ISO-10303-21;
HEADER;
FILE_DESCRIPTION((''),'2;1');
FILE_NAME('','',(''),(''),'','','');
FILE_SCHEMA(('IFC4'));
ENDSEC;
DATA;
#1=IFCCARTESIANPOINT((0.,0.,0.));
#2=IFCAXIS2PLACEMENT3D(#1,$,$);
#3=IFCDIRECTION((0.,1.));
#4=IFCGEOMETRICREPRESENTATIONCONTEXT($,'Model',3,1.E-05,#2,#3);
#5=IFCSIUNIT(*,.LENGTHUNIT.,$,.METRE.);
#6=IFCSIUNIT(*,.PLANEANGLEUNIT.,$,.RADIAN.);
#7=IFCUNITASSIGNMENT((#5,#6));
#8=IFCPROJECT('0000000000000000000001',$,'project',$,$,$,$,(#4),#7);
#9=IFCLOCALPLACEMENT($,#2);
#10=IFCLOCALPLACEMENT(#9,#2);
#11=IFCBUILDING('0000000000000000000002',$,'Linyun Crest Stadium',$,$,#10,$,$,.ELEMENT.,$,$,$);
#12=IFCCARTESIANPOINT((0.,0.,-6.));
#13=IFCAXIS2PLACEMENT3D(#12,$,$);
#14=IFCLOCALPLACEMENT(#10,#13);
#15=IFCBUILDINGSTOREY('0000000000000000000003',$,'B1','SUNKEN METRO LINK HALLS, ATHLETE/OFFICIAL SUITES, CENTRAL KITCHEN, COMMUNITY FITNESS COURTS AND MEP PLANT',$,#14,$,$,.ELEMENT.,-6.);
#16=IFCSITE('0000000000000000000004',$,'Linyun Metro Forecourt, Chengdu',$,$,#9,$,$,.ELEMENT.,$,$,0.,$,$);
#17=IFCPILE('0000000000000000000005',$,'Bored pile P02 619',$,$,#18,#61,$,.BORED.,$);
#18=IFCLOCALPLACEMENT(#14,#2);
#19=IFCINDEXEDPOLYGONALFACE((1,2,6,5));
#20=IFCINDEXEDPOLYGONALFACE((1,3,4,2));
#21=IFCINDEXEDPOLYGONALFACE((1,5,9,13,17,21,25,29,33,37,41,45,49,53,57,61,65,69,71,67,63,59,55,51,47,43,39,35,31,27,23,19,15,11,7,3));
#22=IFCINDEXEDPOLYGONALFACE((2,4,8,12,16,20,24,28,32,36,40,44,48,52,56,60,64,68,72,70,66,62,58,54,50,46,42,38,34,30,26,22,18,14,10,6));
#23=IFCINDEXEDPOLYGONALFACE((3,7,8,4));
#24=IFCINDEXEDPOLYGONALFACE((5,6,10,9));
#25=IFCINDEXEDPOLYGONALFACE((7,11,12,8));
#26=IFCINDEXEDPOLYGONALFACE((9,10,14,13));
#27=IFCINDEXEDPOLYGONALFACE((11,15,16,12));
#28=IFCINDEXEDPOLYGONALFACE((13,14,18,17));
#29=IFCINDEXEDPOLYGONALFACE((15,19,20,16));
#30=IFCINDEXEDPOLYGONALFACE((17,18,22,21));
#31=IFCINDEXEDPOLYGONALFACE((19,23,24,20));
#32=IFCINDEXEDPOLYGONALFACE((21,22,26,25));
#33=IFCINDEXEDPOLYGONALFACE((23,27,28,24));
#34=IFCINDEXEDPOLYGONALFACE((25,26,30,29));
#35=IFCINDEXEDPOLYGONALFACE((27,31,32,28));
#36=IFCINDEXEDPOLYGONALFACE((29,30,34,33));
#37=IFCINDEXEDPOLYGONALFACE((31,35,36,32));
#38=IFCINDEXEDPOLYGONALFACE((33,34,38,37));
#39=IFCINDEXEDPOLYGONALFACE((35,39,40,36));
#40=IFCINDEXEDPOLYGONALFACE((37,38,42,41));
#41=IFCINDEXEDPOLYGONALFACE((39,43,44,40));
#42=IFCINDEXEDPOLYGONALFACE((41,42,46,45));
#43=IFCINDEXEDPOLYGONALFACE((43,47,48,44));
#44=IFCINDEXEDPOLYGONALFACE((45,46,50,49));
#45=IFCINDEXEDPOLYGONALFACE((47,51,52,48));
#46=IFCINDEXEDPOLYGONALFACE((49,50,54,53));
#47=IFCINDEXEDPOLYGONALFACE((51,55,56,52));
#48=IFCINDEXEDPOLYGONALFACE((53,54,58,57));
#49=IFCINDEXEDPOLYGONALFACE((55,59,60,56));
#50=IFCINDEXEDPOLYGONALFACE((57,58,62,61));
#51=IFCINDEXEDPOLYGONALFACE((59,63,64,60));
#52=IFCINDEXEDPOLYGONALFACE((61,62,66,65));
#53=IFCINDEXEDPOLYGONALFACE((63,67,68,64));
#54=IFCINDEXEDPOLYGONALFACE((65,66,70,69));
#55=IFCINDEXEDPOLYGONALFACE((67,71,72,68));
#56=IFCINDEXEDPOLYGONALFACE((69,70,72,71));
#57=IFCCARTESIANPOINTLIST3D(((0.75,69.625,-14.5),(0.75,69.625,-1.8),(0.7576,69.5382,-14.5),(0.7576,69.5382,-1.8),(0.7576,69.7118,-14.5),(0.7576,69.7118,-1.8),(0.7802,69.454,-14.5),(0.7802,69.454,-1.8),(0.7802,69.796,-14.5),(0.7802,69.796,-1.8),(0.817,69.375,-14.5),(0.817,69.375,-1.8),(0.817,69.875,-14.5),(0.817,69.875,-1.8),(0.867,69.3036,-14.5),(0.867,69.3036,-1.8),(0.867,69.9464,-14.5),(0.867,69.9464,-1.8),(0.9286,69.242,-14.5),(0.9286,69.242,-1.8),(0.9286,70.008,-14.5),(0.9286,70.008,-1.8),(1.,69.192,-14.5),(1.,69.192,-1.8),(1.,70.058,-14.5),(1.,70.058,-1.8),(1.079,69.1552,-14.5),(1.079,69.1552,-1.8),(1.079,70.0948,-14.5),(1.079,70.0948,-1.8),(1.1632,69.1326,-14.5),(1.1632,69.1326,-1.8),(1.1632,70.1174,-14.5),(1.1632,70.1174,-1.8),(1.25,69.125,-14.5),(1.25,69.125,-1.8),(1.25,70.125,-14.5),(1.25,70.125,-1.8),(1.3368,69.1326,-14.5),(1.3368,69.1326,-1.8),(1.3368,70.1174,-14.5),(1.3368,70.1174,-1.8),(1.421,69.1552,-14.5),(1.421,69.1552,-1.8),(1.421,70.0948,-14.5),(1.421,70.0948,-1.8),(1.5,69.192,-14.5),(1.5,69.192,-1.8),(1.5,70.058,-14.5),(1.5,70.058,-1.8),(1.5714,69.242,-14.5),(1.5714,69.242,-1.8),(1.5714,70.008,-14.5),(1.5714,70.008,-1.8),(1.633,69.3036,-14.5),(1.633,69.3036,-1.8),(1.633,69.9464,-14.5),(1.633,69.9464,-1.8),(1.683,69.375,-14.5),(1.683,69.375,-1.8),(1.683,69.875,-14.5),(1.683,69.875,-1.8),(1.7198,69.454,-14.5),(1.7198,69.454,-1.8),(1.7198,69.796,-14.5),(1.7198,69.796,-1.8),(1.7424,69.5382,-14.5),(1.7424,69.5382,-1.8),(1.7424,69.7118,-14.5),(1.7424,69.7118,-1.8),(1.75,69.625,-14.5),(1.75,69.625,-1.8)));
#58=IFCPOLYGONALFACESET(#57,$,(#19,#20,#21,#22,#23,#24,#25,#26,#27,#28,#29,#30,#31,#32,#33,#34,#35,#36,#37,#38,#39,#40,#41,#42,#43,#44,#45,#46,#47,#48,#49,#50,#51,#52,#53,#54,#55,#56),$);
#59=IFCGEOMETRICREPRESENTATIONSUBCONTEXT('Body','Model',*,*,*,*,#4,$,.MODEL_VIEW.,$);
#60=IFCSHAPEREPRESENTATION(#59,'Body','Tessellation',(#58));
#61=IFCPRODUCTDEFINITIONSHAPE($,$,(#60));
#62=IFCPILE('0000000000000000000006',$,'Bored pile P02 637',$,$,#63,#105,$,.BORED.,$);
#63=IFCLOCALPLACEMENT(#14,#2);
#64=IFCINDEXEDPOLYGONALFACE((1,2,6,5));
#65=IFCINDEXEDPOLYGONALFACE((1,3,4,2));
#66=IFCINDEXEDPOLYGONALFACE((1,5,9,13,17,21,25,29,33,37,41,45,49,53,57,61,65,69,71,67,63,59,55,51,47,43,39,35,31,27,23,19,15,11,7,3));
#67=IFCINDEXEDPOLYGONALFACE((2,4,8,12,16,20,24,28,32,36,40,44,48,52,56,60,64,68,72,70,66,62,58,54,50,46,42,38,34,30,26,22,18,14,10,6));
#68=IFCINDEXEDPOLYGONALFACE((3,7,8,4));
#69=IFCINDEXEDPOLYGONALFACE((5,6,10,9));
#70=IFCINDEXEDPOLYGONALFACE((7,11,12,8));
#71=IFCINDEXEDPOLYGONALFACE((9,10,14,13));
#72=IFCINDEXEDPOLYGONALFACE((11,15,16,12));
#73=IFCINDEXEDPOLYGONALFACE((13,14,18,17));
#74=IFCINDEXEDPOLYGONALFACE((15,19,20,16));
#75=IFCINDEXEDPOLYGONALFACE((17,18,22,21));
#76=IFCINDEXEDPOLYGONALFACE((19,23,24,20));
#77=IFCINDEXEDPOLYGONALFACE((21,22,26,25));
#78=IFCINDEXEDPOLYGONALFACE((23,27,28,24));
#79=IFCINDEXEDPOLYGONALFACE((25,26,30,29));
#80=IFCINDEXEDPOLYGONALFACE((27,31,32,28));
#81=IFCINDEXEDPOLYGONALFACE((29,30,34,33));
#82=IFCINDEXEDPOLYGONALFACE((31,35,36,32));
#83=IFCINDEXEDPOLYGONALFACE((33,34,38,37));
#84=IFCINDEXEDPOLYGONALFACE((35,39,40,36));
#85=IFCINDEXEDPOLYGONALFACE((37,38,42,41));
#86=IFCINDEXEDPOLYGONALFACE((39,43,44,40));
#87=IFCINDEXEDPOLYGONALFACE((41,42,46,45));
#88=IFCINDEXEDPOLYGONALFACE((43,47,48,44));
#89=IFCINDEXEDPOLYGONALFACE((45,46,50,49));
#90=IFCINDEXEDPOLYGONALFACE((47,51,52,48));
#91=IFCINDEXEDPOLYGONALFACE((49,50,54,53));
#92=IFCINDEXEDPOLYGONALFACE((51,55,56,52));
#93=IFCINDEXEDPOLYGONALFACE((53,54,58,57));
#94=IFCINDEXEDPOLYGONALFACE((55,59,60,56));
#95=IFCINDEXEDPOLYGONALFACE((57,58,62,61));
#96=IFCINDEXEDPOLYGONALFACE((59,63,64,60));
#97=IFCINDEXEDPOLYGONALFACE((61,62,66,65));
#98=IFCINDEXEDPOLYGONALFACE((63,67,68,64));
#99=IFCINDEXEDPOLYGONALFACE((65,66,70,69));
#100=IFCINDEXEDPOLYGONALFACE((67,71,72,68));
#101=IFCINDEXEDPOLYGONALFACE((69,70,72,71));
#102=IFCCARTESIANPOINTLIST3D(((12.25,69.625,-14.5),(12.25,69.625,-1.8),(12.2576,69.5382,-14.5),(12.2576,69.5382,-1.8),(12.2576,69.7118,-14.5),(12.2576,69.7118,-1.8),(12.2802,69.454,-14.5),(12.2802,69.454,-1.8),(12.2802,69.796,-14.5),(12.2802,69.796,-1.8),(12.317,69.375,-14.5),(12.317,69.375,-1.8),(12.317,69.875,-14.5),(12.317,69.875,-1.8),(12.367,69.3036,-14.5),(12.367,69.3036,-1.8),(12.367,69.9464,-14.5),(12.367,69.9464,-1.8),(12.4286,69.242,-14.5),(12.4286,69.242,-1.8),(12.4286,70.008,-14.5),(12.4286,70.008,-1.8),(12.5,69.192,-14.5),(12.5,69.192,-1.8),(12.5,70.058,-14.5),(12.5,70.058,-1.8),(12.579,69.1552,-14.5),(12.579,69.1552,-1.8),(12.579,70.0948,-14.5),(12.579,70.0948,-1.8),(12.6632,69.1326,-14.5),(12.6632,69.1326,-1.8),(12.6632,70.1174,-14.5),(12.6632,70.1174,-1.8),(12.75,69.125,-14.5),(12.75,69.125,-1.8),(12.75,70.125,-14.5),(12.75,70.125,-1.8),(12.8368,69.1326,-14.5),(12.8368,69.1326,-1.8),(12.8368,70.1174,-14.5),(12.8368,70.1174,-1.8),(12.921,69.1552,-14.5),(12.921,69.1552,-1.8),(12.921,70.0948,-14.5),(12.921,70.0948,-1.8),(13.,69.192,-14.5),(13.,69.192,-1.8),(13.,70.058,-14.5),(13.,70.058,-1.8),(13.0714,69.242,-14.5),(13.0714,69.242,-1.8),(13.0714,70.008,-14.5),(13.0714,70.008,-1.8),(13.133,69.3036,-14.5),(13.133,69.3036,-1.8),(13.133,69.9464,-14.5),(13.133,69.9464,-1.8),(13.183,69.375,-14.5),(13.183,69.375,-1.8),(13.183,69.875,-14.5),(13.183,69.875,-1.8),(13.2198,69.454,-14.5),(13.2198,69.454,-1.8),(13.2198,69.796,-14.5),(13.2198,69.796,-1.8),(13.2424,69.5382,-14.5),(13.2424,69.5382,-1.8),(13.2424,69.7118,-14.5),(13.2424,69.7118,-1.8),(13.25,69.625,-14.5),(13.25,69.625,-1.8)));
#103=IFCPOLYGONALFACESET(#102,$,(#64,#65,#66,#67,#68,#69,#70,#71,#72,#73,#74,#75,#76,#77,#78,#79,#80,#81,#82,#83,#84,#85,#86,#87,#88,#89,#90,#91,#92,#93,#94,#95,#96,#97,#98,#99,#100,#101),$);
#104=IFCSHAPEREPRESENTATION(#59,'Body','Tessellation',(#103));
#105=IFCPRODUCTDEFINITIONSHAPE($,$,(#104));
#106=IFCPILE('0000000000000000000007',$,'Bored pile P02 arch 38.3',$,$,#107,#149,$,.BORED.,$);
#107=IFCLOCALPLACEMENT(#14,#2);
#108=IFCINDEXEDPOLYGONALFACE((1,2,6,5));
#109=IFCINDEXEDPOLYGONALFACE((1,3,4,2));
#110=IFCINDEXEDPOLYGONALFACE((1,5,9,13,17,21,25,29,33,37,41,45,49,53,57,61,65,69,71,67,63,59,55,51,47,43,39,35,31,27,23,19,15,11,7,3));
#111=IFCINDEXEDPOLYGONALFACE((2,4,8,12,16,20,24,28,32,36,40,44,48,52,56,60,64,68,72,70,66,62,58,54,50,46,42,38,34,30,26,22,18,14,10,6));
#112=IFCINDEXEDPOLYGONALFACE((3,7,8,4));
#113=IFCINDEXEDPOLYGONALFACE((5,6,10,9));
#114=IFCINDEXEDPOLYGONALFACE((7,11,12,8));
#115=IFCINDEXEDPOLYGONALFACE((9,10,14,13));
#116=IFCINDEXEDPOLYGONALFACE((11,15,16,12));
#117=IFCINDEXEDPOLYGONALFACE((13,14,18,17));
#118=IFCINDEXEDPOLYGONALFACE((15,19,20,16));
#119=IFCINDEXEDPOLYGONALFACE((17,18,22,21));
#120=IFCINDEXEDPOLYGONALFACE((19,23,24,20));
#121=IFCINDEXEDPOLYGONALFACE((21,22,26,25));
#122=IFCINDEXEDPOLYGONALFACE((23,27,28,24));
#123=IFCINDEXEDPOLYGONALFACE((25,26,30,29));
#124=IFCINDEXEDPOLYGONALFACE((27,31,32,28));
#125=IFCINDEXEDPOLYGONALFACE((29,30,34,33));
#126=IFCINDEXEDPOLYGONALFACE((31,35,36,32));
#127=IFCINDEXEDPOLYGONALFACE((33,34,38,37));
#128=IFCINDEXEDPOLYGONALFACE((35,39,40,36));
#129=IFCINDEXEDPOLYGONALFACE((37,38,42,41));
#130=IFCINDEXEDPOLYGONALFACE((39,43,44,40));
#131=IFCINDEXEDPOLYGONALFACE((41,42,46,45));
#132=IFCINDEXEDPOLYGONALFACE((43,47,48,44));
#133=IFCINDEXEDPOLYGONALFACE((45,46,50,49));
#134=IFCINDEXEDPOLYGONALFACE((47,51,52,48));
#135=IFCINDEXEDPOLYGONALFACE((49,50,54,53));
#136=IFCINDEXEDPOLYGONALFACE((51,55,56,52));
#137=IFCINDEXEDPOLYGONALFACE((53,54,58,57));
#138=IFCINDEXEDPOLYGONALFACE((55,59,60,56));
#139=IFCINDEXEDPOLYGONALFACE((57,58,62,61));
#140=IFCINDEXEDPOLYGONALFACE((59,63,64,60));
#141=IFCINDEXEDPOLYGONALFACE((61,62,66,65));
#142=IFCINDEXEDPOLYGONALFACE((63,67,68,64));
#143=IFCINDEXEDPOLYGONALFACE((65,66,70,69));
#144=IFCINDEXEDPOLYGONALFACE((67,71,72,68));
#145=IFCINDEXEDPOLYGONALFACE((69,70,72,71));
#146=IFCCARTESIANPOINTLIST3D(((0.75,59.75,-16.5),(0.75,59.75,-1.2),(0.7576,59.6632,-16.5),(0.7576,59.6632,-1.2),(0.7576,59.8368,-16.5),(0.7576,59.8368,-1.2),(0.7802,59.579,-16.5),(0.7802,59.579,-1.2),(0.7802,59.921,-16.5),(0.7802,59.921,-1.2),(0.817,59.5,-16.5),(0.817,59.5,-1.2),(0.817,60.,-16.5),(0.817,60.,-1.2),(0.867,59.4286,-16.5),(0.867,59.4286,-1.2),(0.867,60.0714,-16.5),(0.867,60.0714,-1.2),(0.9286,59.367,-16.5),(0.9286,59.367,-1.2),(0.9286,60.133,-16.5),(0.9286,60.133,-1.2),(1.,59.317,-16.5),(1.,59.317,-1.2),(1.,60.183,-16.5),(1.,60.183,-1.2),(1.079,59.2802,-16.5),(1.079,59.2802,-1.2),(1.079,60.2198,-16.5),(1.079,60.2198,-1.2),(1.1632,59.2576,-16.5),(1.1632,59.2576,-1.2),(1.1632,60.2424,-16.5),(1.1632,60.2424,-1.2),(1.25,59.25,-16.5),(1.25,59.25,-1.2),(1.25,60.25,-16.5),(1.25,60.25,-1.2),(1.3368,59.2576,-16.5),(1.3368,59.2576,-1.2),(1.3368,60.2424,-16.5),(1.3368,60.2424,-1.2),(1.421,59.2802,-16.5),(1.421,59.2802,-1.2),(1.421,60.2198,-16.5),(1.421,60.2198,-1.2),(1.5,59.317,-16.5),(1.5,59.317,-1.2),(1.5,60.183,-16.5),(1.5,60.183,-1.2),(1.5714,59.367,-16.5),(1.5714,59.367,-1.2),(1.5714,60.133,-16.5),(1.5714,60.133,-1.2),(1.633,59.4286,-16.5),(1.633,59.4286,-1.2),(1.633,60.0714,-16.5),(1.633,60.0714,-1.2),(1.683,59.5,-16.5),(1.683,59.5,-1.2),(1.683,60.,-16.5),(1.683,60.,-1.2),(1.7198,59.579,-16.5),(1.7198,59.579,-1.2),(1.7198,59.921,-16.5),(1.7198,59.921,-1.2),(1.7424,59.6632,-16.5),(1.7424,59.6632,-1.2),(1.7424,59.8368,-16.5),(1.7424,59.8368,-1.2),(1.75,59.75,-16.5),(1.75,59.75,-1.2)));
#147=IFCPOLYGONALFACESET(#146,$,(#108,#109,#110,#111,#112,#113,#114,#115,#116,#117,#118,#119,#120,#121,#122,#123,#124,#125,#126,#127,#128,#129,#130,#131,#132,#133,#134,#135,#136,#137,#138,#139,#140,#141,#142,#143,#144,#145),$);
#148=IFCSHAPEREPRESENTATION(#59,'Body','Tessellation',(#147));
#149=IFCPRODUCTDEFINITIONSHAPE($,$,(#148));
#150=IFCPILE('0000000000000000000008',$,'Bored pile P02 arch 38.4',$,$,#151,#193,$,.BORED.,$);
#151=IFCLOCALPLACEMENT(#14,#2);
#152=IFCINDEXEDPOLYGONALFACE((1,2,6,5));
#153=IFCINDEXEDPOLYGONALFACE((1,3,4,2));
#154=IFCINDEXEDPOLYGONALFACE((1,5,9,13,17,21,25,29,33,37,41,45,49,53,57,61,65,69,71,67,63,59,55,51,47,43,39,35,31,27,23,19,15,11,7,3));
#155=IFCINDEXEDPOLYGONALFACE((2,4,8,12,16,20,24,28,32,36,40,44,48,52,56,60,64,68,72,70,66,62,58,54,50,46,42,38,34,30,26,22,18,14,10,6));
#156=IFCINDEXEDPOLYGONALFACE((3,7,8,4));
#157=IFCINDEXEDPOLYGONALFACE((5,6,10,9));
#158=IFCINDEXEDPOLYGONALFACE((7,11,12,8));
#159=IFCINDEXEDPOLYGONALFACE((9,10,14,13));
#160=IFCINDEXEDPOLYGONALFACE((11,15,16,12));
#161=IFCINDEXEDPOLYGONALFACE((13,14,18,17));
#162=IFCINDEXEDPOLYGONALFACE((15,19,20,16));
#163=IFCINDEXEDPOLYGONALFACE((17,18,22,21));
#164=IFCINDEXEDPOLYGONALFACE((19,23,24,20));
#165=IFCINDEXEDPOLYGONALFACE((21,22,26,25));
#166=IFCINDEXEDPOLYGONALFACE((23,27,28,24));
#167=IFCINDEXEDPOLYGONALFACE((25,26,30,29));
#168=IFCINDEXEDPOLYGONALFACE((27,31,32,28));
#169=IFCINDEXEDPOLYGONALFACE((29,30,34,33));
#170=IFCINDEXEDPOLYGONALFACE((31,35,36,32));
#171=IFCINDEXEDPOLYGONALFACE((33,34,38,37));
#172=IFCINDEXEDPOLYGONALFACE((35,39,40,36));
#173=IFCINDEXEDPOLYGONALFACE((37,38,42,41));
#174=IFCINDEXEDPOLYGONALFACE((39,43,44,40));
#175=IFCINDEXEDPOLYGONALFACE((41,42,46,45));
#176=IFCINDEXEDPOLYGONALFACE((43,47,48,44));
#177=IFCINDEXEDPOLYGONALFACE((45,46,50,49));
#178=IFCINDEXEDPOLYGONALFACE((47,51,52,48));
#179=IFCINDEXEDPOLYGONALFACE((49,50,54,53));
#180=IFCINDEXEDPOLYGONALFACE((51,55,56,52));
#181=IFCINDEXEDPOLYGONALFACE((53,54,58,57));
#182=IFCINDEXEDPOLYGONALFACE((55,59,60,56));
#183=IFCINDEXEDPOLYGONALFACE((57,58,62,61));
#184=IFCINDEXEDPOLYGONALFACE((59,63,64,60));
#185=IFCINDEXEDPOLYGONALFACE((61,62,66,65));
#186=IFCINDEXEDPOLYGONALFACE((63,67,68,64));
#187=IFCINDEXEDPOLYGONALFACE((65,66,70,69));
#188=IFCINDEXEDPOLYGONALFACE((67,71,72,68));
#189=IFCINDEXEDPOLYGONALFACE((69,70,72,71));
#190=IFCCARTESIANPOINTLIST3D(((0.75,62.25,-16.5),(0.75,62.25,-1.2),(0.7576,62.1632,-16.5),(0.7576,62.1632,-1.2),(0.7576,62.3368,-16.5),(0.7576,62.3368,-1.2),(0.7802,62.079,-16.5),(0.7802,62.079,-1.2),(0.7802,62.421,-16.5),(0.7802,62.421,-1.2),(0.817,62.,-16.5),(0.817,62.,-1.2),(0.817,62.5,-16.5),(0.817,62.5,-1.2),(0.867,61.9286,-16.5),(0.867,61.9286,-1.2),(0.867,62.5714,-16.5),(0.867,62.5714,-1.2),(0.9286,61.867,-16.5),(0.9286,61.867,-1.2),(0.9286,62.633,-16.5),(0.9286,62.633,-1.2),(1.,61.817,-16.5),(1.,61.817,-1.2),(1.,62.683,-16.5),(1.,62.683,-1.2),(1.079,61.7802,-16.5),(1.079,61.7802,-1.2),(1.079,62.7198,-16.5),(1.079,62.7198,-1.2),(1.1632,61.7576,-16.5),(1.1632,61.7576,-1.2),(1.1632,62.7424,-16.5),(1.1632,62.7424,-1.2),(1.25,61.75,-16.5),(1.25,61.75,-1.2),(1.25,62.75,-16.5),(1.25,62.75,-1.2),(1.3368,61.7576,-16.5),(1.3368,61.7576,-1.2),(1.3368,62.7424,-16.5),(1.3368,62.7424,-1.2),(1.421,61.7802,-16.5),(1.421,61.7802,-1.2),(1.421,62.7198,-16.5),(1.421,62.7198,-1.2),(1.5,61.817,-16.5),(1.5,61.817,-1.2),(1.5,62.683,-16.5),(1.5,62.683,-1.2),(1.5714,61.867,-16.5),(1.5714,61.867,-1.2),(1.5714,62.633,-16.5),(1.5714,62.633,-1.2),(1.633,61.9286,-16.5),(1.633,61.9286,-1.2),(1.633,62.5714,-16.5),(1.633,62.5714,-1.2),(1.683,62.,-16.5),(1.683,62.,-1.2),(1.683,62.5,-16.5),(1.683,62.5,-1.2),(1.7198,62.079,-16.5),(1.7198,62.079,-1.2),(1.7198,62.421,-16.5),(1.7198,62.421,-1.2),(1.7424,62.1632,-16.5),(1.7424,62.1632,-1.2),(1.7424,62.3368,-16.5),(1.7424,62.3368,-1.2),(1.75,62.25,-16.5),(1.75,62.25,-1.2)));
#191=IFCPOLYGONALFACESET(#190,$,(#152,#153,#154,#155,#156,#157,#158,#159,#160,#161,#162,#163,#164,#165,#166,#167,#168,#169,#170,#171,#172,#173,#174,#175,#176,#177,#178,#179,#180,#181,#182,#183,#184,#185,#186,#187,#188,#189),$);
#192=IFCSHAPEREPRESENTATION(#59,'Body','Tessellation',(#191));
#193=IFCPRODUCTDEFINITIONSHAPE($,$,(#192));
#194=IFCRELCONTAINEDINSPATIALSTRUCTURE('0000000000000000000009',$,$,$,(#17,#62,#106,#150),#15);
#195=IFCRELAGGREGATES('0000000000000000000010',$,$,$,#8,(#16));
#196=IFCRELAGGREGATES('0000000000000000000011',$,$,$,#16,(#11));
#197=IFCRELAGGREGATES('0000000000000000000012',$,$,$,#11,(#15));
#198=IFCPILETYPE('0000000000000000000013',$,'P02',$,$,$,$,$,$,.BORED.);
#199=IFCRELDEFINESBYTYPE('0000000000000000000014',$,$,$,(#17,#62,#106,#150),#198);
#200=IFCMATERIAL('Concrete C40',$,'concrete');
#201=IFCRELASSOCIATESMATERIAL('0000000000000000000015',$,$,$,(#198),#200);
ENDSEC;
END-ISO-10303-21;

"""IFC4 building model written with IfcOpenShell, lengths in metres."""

from ifc_helpers import new_model, si_unit, direction, frame, origin, origin_2d, place, context, subcontext, project, spatial, circle, extrude, material, material_profile, profile_set, type_object, element, save


model = new_model("IFC4")

# Units and contexts
model_context = context("Model", 3, precision=1e-05, world=origin(), true_north=direction((0.0, 1.0)))
body_context = subcontext(model_context, "Body", "Model", "MODEL_VIEW")
ifc_project = project(units=[si_unit("LENGTHUNIT", "METRE"), si_unit("PLANEANGLEUNIT", "RADIAN")], contexts=[model_context])

# Site, building, storey
site_placement = place(None, origin())
site = spatial("IfcSite", under=ifc_project, at=site_placement, Name="Linyun Metro Forecourt, Chengdu", CompositionType="ELEMENT", RefElevation=0.0)
building_placement = place(site_placement, origin())
building = spatial("IfcBuilding", under=site, at=building_placement, Name="Linyun Crest Stadium", CompositionType="ELEMENT")
storey_placement = place(building_placement, frame((0.0, 0.0, -6.0)))
storey = spatial("IfcBuildingStorey", under=building, at=storey_placement, Name="B1", Description="SUNKEN METRO LINK HALLS, ATHLETE/OFFICIAL SUITES, CENTRAL KITCHEN, COMMUNITY FITNESS COURTS AND MEP PLANT", CompositionType="ELEMENT", Elevation=-6.0)

# Piles
ifc_material_1 = material(Name="Concrete C40", Category="concrete")
ifc_material_profile_1 = material_profile(ifc_material_1, circle(Radius=0.5, at=origin_2d()), Name="BORED PILE 1000")
ifc_profile_set_1 = profile_set([ifc_material_profile_1], Name="Concrete C40")
pile_type = type_object("IfcPileType", Name="P02", PredefinedType="BORED", material=ifc_profile_set_1)
for number, where, z_axis, x_axis, name in (
    (1, (1.25, 69.625, -1.8), (0.0, 0.0, -1.0), (1.0, 0.0, 0.0), "Bored pile P02 619"),
    (2, (12.75, 69.625, -1.8), (0.0, 0.0, -1.0), (1.0, 0.0, 0.0), "Bored pile P02 637"),
):
    element("IfcPile", number, at=place(storey_placement, frame(where, z_axis=z_axis, x_axis=x_axis)), inside=storey, type_object=pile_type, Name=name, PredefinedType="BORED", context=body_context, shape_type="SweptSolid", body=[
        extrude(circle(Radius=0.5, at=origin_2d()), origin(), (0.0, 0.0, 1.0), 12.7),
    ])
for number, where, z_axis, x_axis, name in (
    (3, (1.25, 59.75, -1.2), (0.0, 0.0, -1.0), (1.0, 0.0, 0.0), "Bored pile P02 arch 38.3"),
    (4, (1.25, 62.25, -1.2), (0.0, 0.0, -1.0), (1.0, 0.0, 0.0), "Bored pile P02 arch 38.4"),
):
    element("IfcPile", number, at=place(storey_placement, frame(where, z_axis=z_axis, x_axis=x_axis)), inside=storey, type_object=pile_type, Name=name, PredefinedType="BORED", context=body_context, shape_type="SweptSolid", body=[
        extrude(circle(Radius=0.5, at=origin_2d()), origin(), (0.0, 0.0, 1.0), 15.3),
    ])

save(model, "model.ifc")
